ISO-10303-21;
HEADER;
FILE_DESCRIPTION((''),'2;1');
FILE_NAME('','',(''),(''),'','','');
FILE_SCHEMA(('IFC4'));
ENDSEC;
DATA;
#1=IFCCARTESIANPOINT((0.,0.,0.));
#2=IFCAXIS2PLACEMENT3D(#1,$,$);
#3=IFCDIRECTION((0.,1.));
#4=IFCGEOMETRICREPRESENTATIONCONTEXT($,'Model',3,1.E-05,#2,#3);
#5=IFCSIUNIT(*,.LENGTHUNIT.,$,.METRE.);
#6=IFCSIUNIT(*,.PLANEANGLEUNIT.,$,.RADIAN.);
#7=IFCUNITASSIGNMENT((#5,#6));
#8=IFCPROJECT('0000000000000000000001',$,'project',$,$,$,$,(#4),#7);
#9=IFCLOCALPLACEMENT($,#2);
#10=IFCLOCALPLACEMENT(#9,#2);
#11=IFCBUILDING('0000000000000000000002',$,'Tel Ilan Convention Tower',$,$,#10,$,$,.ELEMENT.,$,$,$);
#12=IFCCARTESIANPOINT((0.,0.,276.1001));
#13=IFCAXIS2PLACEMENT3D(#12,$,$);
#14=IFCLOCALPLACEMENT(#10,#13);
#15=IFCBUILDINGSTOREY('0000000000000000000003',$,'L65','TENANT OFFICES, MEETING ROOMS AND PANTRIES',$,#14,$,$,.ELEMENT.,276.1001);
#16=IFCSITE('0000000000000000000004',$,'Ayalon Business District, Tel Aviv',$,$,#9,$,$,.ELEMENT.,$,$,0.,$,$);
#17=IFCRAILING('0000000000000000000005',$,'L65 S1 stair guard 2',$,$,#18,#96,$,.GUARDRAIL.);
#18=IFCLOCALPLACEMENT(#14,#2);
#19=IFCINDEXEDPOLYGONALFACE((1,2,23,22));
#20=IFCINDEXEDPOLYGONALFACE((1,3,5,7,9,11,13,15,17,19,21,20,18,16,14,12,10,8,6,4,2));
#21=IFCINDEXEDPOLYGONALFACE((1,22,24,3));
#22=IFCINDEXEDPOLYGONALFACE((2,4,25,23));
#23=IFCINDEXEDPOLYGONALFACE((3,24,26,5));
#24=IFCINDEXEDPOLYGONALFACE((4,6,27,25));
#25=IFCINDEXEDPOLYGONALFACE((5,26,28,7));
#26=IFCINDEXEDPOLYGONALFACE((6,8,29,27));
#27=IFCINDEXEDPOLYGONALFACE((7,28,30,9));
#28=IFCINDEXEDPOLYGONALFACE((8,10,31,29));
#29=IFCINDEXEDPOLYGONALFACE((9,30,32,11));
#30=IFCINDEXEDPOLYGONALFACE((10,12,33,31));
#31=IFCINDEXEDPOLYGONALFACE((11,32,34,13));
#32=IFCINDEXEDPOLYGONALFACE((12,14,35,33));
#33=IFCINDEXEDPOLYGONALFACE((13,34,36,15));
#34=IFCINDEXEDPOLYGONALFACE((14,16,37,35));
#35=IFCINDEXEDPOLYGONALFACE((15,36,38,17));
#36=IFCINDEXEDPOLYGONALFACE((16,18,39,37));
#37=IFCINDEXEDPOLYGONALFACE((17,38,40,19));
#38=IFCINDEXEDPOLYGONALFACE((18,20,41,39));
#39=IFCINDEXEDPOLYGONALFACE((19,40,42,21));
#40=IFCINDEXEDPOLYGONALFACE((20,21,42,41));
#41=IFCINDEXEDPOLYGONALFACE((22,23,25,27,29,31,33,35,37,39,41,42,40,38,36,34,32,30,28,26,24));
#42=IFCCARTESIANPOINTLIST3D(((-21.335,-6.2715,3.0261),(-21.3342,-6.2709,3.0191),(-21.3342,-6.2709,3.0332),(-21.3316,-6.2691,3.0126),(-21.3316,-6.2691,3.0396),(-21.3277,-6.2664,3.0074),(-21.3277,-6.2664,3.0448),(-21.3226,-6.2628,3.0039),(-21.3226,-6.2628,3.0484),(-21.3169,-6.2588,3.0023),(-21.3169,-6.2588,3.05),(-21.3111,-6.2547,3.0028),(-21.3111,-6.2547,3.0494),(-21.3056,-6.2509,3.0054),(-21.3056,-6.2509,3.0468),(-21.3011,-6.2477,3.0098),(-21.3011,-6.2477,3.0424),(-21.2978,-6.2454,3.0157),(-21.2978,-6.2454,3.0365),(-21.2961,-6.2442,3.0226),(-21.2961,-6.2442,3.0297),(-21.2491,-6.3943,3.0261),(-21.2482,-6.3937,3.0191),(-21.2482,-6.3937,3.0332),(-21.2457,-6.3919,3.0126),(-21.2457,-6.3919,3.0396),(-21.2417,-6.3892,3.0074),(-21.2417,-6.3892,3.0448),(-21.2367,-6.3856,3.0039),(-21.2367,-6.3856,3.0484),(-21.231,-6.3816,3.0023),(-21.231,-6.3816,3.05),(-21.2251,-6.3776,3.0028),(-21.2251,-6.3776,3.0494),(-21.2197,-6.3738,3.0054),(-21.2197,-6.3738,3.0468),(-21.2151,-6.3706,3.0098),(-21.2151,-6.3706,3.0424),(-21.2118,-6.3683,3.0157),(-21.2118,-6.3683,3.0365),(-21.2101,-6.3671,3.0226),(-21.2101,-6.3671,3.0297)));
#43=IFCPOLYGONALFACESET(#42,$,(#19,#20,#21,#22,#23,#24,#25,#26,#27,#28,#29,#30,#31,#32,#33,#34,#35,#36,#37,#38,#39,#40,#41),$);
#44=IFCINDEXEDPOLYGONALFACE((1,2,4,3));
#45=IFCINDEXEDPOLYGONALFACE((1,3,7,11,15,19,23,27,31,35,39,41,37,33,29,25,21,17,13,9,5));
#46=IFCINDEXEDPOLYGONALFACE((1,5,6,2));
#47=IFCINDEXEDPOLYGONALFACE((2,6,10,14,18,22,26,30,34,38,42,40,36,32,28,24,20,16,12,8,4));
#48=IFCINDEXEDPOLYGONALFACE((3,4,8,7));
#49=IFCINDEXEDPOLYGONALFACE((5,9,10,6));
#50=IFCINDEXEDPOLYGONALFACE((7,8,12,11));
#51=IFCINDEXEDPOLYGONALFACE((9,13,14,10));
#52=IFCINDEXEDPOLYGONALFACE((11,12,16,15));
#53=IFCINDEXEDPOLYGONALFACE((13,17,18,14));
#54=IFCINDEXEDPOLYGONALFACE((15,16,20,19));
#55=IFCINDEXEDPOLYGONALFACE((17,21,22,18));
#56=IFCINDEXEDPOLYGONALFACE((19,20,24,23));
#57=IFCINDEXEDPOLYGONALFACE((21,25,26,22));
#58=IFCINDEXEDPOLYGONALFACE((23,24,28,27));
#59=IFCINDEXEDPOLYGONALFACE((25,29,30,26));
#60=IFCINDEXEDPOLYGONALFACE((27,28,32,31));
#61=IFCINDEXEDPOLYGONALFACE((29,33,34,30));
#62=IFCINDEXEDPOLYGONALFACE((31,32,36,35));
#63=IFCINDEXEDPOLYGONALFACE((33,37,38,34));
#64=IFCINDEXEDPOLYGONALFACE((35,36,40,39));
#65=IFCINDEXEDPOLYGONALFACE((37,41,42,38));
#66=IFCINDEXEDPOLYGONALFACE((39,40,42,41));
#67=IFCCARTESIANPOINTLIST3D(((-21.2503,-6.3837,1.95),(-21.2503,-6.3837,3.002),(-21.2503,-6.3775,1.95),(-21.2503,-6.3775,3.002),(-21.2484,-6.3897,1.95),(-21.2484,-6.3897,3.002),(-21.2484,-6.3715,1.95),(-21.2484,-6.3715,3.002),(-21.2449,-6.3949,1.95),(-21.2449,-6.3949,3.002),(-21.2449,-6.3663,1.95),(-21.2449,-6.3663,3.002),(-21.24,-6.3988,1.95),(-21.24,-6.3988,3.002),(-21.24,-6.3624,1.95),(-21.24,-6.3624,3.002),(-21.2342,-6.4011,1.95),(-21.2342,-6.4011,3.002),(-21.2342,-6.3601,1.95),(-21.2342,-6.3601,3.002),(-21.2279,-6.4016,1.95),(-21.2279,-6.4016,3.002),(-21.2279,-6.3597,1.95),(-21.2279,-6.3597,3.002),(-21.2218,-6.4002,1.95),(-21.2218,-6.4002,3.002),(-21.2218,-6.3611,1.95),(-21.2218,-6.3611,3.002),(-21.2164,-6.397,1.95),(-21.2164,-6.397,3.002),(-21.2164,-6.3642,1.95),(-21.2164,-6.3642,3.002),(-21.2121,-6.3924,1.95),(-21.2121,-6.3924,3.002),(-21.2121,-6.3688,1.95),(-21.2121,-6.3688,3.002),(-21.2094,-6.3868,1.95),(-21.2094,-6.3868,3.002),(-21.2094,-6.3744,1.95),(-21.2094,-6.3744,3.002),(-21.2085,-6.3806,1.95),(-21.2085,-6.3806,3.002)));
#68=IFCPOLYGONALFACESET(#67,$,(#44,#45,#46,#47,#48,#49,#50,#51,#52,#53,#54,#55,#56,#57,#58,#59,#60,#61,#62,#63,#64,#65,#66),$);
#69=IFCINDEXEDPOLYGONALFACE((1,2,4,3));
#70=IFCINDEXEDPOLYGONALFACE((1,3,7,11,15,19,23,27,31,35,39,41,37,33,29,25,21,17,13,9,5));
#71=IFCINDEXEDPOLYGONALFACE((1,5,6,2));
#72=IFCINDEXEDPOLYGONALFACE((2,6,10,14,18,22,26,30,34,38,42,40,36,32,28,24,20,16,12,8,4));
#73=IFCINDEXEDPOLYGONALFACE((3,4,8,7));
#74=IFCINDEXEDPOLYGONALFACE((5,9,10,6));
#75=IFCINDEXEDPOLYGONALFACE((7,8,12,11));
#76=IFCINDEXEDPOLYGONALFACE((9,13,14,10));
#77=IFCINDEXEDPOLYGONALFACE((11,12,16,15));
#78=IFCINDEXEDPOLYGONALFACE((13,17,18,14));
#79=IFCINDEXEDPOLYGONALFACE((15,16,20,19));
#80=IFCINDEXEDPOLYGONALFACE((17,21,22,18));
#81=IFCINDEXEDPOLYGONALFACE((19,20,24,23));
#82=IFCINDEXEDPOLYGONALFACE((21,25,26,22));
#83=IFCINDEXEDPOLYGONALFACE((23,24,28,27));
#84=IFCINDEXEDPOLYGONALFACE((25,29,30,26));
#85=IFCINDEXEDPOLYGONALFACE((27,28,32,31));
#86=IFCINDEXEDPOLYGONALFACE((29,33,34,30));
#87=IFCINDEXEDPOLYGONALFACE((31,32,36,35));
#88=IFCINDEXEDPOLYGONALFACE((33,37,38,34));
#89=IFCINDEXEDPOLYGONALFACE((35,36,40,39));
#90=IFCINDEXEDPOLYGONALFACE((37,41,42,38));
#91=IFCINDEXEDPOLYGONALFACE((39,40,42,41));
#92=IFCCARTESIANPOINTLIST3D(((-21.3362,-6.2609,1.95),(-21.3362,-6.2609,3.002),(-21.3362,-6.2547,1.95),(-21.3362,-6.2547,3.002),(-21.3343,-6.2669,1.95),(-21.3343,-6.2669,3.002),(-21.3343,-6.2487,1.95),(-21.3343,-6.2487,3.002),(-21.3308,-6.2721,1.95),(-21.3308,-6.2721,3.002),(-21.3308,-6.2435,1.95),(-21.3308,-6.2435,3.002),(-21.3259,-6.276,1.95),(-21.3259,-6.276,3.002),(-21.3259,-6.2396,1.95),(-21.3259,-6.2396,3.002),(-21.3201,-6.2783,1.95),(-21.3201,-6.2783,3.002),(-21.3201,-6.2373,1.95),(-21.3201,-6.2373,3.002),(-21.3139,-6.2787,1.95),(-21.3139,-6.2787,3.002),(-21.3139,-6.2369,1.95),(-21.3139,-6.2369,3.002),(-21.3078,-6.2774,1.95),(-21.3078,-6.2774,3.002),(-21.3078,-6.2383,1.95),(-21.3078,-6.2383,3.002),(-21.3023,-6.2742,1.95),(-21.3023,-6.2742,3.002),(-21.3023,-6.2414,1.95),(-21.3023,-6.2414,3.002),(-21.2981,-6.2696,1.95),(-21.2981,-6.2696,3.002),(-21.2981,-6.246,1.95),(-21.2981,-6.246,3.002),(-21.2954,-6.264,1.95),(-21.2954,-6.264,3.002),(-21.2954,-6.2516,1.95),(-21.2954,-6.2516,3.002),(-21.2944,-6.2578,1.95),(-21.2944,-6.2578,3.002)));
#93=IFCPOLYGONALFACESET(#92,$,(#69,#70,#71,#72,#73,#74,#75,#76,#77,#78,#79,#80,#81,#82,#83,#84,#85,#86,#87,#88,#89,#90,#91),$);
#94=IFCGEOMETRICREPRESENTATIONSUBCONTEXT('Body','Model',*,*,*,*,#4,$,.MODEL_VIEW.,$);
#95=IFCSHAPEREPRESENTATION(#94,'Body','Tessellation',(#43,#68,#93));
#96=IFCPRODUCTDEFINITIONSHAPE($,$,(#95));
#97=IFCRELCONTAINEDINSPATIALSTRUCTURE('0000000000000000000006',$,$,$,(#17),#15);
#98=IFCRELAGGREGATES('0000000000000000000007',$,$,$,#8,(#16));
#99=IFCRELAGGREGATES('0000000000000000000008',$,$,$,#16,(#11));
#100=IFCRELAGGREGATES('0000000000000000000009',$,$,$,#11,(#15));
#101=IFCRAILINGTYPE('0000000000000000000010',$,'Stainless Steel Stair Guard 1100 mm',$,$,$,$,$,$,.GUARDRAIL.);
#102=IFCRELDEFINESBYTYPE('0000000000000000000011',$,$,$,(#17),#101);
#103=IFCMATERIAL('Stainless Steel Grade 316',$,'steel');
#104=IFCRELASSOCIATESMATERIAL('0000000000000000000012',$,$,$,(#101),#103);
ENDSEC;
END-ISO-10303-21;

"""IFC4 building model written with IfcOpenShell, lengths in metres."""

from ifc_helpers import new_model, si_unit, direction, frame, origin, origin_2d, place, context, subcontext, project, spatial, circle, extrude, material, type_object, element, save


model = new_model("IFC4")

# Units and contexts
model_context = context("Model", 3, precision=1e-05, world=origin(), true_north=direction((0.0, 1.0)))
body_context = subcontext(model_context, "Body", "Model", "MODEL_VIEW")
ifc_project = project(units=[si_unit("LENGTHUNIT", "METRE"), si_unit("PLANEANGLEUNIT", "RADIAN")], contexts=[model_context])

# Site, building, storey
site_placement = place(None, origin())
site = spatial("IfcSite", under=ifc_project, at=site_placement, Name="Ayalon Business District, Tel Aviv", CompositionType="ELEMENT", RefElevation=0.0)
building_placement = place(site_placement, origin())
building = spatial("IfcBuilding", under=site, at=building_placement, Name="Tel Ilan Convention Tower", CompositionType="ELEMENT")
storey_placement = place(building_placement, frame((0.0, 0.0, 276.1001)))
storey = spatial("IfcBuildingStorey", under=building, at=storey_placement, Name="L65", Description="TENANT OFFICES, MEETING ROOMS AND PANTRIES", CompositionType="ELEMENT", Elevation=276.1001)

# Railing
ifc_material_1 = material(Name="Stainless Steel Grade 316", Category="steel")
railing_type_1 = type_object("IfcRailingType", Name="Stainless Steel Stair Guard 1100 mm", PredefinedType="GUARDRAIL", material=ifc_material_1)
railing_1_placement = place(storey_placement, frame((-21.2295, -6.3806, 1.95)))
element("IfcRailing", 1, at=railing_1_placement, inside=storey, type_object=railing_type_1, Name="L65 S1 stair guard 2", PredefinedType="GUARDRAIL", context=body_context, shape_type="SweptSolid", body=[
    extrude(circle(Radius=0.0239, at=origin_2d()), frame((0.0, 0.0, 1.0762), z_axis=(-0.573353, 0.819308, 0.0), x_axis=(-0.819308, -0.573353, 0.0)), (0.0, 0.0, 1.0), 0.1499),
    extrude(circle(Radius=0.021, at=origin_2d()), origin(), (0.0, 0.0, 1.0), 1.052),
    extrude(circle(Radius=0.021, at=origin_2d()), frame((-0.0859, 0.1228, 0.0)), (0.0, 0.0, 1.0), 1.052),
])

save(model, "model.ifc")
